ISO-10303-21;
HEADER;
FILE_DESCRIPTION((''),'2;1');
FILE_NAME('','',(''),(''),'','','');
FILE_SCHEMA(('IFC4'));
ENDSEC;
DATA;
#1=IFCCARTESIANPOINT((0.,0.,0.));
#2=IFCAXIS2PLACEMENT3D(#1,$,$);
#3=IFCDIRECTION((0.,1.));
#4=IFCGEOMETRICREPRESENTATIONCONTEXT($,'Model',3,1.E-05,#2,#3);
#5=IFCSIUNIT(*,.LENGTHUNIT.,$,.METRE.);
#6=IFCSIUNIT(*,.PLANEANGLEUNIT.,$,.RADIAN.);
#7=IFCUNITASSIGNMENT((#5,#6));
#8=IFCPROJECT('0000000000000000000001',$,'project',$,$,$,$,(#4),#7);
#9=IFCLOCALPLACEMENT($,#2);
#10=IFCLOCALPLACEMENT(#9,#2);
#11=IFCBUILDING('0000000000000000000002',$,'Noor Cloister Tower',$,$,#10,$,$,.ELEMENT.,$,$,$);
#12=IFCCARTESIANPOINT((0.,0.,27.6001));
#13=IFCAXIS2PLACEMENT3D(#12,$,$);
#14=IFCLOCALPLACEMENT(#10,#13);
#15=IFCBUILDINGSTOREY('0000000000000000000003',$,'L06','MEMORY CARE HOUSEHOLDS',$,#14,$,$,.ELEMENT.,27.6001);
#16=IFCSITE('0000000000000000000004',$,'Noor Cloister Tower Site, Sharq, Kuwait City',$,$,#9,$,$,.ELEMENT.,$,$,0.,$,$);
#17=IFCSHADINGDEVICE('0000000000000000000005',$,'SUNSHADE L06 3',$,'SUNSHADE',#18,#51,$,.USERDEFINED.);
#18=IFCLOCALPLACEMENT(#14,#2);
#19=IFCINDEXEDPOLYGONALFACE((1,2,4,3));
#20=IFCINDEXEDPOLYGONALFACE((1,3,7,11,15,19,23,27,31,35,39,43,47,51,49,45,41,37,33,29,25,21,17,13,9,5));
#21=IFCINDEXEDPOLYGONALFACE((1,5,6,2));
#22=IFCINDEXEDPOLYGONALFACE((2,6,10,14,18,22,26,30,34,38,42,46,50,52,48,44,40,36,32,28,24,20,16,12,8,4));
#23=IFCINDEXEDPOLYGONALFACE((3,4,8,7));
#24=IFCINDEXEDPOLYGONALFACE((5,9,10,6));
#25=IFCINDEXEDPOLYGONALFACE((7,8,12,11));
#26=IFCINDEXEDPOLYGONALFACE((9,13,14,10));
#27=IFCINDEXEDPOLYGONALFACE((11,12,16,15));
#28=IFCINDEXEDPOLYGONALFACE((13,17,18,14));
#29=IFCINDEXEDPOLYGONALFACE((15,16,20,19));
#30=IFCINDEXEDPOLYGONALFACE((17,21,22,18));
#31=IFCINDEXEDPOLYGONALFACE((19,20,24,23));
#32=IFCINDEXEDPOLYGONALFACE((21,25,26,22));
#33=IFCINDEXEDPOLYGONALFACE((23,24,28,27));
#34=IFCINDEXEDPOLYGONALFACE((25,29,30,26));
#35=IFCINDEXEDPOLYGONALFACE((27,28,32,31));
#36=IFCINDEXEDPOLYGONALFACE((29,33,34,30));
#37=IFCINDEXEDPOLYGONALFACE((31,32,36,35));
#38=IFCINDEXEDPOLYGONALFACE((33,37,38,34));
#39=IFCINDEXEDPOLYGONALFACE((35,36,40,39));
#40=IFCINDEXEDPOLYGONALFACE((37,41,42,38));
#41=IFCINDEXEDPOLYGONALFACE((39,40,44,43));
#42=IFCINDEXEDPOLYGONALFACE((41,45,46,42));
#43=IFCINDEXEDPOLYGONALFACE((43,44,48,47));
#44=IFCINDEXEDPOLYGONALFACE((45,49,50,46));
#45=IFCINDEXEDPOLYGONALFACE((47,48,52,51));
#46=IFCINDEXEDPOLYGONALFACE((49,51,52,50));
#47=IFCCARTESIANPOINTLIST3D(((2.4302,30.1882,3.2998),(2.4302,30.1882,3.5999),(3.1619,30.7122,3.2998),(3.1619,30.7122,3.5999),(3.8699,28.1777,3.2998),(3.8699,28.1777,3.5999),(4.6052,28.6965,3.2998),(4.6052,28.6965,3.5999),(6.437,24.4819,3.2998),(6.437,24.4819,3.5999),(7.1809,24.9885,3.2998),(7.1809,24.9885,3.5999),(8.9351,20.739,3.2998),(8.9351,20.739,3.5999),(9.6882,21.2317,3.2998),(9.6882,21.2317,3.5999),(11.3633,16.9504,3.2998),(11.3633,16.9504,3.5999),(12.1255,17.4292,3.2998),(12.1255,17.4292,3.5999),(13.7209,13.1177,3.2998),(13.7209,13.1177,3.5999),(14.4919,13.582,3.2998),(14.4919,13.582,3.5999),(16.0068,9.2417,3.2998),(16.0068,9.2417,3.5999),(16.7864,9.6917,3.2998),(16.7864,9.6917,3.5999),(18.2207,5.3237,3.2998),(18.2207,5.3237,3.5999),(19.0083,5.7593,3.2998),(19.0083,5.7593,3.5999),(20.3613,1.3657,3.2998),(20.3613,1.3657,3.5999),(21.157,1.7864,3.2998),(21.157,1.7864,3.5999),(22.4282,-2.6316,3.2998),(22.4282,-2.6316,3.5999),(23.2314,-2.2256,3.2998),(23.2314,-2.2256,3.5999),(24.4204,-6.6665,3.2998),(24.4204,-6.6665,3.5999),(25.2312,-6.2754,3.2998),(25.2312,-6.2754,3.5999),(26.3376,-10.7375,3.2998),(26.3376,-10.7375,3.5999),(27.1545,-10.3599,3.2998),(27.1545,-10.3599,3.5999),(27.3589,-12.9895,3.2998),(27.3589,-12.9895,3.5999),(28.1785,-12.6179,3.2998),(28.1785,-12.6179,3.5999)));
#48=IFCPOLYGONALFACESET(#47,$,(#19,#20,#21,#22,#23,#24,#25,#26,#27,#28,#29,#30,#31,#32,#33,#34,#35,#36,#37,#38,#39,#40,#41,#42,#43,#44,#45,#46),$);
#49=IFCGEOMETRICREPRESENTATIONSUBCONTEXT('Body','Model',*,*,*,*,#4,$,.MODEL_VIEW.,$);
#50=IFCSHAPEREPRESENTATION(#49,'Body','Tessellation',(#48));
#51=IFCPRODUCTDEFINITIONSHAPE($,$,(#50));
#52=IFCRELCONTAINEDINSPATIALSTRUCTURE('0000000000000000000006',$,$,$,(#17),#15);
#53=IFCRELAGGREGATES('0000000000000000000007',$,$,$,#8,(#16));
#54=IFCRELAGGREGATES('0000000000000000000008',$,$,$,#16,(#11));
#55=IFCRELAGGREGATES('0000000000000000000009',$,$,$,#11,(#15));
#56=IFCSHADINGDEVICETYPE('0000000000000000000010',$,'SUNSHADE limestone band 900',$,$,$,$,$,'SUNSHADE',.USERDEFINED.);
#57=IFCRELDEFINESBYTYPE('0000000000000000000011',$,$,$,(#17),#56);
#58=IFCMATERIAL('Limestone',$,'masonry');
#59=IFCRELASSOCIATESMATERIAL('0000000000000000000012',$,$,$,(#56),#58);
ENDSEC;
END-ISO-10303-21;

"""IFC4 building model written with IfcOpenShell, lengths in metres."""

from ifc_helpers import new_model, si_unit, direction, frame, origin, place, context, subcontext, project, spatial, polyline, outline, extrude, material, type_object, element, save


model = new_model("IFC4")

# Units and contexts
model_context = context("Model", 3, precision=1e-05, world=origin(), true_north=direction((0.0, 1.0)))
body_context = subcontext(model_context, "Body", "Model", "MODEL_VIEW")
ifc_project = project(units=[si_unit("LENGTHUNIT", "METRE"), si_unit("PLANEANGLEUNIT", "RADIAN")], contexts=[model_context])

# Site, building, storey
site_placement = place(None, origin())
site = spatial("IfcSite", under=ifc_project, at=site_placement, Name="Noor Cloister Tower Site, Sharq, Kuwait City", CompositionType="ELEMENT", RefElevation=0.0)
building_placement = place(site_placement, origin())
building = spatial("IfcBuilding", under=site, at=building_placement, Name="Noor Cloister Tower", CompositionType="ELEMENT")
storey_placement = place(building_placement, frame((0.0, 0.0, 27.6001)))
storey = spatial("IfcBuildingStorey", under=building, at=storey_placement, Name="L06", Description="MEMORY CARE HOUSEHOLDS", CompositionType="ELEMENT", Elevation=27.6001)

# Shading device
ifc_material_1 = material(Name="Limestone", Category="masonry")
shading_device_type = type_object("IfcShadingDeviceType", Name="SUNSHADE limestone band 900", ElementType="SUNSHADE", PredefinedType="USERDEFINED", material=ifc_material_1)
shading_device_1_placement = place(storey_placement, frame((0.0, 0.0, 3.2998)))
element("IfcShadingDevice", 1, at=shading_device_1_placement, inside=storey, type_object=shading_device_type, Name="SUNSHADE L06 3", ObjectType="SUNSHADE", PredefinedType="USERDEFINED", context=body_context, shape_type="SweptSolid", body=[
    extrude(outline(polyline([(28.1785, -12.6179), (27.1545, -10.3599), (25.2312, -6.2754), (23.2314, -2.2256), (21.157, 1.7864), (19.0083, 5.7593), (16.7864, 9.6917), (14.4919, 13.582), (12.1255, 17.4292), (9.6882, 21.2317), (7.1809, 24.9885), (4.6052, 28.6965), (3.1619, 30.7122), (2.4302, 30.1882), (3.8699, 28.1777), (6.437, 24.4819), (8.9351, 20.739), (11.3633, 16.9504), (13.7209, 13.1177), (16.0068, 9.2417), (18.2207, 5.3237), (20.3613, 1.3657), (22.4282, -2.6316), (24.4204, -6.6665), (26.3376, -10.7375), (27.3589, -12.9895), (28.1785, -12.6179)])), origin(), (0.0, 0.0, 1.0), 0.3),
])

save(model, "model.ifc")
